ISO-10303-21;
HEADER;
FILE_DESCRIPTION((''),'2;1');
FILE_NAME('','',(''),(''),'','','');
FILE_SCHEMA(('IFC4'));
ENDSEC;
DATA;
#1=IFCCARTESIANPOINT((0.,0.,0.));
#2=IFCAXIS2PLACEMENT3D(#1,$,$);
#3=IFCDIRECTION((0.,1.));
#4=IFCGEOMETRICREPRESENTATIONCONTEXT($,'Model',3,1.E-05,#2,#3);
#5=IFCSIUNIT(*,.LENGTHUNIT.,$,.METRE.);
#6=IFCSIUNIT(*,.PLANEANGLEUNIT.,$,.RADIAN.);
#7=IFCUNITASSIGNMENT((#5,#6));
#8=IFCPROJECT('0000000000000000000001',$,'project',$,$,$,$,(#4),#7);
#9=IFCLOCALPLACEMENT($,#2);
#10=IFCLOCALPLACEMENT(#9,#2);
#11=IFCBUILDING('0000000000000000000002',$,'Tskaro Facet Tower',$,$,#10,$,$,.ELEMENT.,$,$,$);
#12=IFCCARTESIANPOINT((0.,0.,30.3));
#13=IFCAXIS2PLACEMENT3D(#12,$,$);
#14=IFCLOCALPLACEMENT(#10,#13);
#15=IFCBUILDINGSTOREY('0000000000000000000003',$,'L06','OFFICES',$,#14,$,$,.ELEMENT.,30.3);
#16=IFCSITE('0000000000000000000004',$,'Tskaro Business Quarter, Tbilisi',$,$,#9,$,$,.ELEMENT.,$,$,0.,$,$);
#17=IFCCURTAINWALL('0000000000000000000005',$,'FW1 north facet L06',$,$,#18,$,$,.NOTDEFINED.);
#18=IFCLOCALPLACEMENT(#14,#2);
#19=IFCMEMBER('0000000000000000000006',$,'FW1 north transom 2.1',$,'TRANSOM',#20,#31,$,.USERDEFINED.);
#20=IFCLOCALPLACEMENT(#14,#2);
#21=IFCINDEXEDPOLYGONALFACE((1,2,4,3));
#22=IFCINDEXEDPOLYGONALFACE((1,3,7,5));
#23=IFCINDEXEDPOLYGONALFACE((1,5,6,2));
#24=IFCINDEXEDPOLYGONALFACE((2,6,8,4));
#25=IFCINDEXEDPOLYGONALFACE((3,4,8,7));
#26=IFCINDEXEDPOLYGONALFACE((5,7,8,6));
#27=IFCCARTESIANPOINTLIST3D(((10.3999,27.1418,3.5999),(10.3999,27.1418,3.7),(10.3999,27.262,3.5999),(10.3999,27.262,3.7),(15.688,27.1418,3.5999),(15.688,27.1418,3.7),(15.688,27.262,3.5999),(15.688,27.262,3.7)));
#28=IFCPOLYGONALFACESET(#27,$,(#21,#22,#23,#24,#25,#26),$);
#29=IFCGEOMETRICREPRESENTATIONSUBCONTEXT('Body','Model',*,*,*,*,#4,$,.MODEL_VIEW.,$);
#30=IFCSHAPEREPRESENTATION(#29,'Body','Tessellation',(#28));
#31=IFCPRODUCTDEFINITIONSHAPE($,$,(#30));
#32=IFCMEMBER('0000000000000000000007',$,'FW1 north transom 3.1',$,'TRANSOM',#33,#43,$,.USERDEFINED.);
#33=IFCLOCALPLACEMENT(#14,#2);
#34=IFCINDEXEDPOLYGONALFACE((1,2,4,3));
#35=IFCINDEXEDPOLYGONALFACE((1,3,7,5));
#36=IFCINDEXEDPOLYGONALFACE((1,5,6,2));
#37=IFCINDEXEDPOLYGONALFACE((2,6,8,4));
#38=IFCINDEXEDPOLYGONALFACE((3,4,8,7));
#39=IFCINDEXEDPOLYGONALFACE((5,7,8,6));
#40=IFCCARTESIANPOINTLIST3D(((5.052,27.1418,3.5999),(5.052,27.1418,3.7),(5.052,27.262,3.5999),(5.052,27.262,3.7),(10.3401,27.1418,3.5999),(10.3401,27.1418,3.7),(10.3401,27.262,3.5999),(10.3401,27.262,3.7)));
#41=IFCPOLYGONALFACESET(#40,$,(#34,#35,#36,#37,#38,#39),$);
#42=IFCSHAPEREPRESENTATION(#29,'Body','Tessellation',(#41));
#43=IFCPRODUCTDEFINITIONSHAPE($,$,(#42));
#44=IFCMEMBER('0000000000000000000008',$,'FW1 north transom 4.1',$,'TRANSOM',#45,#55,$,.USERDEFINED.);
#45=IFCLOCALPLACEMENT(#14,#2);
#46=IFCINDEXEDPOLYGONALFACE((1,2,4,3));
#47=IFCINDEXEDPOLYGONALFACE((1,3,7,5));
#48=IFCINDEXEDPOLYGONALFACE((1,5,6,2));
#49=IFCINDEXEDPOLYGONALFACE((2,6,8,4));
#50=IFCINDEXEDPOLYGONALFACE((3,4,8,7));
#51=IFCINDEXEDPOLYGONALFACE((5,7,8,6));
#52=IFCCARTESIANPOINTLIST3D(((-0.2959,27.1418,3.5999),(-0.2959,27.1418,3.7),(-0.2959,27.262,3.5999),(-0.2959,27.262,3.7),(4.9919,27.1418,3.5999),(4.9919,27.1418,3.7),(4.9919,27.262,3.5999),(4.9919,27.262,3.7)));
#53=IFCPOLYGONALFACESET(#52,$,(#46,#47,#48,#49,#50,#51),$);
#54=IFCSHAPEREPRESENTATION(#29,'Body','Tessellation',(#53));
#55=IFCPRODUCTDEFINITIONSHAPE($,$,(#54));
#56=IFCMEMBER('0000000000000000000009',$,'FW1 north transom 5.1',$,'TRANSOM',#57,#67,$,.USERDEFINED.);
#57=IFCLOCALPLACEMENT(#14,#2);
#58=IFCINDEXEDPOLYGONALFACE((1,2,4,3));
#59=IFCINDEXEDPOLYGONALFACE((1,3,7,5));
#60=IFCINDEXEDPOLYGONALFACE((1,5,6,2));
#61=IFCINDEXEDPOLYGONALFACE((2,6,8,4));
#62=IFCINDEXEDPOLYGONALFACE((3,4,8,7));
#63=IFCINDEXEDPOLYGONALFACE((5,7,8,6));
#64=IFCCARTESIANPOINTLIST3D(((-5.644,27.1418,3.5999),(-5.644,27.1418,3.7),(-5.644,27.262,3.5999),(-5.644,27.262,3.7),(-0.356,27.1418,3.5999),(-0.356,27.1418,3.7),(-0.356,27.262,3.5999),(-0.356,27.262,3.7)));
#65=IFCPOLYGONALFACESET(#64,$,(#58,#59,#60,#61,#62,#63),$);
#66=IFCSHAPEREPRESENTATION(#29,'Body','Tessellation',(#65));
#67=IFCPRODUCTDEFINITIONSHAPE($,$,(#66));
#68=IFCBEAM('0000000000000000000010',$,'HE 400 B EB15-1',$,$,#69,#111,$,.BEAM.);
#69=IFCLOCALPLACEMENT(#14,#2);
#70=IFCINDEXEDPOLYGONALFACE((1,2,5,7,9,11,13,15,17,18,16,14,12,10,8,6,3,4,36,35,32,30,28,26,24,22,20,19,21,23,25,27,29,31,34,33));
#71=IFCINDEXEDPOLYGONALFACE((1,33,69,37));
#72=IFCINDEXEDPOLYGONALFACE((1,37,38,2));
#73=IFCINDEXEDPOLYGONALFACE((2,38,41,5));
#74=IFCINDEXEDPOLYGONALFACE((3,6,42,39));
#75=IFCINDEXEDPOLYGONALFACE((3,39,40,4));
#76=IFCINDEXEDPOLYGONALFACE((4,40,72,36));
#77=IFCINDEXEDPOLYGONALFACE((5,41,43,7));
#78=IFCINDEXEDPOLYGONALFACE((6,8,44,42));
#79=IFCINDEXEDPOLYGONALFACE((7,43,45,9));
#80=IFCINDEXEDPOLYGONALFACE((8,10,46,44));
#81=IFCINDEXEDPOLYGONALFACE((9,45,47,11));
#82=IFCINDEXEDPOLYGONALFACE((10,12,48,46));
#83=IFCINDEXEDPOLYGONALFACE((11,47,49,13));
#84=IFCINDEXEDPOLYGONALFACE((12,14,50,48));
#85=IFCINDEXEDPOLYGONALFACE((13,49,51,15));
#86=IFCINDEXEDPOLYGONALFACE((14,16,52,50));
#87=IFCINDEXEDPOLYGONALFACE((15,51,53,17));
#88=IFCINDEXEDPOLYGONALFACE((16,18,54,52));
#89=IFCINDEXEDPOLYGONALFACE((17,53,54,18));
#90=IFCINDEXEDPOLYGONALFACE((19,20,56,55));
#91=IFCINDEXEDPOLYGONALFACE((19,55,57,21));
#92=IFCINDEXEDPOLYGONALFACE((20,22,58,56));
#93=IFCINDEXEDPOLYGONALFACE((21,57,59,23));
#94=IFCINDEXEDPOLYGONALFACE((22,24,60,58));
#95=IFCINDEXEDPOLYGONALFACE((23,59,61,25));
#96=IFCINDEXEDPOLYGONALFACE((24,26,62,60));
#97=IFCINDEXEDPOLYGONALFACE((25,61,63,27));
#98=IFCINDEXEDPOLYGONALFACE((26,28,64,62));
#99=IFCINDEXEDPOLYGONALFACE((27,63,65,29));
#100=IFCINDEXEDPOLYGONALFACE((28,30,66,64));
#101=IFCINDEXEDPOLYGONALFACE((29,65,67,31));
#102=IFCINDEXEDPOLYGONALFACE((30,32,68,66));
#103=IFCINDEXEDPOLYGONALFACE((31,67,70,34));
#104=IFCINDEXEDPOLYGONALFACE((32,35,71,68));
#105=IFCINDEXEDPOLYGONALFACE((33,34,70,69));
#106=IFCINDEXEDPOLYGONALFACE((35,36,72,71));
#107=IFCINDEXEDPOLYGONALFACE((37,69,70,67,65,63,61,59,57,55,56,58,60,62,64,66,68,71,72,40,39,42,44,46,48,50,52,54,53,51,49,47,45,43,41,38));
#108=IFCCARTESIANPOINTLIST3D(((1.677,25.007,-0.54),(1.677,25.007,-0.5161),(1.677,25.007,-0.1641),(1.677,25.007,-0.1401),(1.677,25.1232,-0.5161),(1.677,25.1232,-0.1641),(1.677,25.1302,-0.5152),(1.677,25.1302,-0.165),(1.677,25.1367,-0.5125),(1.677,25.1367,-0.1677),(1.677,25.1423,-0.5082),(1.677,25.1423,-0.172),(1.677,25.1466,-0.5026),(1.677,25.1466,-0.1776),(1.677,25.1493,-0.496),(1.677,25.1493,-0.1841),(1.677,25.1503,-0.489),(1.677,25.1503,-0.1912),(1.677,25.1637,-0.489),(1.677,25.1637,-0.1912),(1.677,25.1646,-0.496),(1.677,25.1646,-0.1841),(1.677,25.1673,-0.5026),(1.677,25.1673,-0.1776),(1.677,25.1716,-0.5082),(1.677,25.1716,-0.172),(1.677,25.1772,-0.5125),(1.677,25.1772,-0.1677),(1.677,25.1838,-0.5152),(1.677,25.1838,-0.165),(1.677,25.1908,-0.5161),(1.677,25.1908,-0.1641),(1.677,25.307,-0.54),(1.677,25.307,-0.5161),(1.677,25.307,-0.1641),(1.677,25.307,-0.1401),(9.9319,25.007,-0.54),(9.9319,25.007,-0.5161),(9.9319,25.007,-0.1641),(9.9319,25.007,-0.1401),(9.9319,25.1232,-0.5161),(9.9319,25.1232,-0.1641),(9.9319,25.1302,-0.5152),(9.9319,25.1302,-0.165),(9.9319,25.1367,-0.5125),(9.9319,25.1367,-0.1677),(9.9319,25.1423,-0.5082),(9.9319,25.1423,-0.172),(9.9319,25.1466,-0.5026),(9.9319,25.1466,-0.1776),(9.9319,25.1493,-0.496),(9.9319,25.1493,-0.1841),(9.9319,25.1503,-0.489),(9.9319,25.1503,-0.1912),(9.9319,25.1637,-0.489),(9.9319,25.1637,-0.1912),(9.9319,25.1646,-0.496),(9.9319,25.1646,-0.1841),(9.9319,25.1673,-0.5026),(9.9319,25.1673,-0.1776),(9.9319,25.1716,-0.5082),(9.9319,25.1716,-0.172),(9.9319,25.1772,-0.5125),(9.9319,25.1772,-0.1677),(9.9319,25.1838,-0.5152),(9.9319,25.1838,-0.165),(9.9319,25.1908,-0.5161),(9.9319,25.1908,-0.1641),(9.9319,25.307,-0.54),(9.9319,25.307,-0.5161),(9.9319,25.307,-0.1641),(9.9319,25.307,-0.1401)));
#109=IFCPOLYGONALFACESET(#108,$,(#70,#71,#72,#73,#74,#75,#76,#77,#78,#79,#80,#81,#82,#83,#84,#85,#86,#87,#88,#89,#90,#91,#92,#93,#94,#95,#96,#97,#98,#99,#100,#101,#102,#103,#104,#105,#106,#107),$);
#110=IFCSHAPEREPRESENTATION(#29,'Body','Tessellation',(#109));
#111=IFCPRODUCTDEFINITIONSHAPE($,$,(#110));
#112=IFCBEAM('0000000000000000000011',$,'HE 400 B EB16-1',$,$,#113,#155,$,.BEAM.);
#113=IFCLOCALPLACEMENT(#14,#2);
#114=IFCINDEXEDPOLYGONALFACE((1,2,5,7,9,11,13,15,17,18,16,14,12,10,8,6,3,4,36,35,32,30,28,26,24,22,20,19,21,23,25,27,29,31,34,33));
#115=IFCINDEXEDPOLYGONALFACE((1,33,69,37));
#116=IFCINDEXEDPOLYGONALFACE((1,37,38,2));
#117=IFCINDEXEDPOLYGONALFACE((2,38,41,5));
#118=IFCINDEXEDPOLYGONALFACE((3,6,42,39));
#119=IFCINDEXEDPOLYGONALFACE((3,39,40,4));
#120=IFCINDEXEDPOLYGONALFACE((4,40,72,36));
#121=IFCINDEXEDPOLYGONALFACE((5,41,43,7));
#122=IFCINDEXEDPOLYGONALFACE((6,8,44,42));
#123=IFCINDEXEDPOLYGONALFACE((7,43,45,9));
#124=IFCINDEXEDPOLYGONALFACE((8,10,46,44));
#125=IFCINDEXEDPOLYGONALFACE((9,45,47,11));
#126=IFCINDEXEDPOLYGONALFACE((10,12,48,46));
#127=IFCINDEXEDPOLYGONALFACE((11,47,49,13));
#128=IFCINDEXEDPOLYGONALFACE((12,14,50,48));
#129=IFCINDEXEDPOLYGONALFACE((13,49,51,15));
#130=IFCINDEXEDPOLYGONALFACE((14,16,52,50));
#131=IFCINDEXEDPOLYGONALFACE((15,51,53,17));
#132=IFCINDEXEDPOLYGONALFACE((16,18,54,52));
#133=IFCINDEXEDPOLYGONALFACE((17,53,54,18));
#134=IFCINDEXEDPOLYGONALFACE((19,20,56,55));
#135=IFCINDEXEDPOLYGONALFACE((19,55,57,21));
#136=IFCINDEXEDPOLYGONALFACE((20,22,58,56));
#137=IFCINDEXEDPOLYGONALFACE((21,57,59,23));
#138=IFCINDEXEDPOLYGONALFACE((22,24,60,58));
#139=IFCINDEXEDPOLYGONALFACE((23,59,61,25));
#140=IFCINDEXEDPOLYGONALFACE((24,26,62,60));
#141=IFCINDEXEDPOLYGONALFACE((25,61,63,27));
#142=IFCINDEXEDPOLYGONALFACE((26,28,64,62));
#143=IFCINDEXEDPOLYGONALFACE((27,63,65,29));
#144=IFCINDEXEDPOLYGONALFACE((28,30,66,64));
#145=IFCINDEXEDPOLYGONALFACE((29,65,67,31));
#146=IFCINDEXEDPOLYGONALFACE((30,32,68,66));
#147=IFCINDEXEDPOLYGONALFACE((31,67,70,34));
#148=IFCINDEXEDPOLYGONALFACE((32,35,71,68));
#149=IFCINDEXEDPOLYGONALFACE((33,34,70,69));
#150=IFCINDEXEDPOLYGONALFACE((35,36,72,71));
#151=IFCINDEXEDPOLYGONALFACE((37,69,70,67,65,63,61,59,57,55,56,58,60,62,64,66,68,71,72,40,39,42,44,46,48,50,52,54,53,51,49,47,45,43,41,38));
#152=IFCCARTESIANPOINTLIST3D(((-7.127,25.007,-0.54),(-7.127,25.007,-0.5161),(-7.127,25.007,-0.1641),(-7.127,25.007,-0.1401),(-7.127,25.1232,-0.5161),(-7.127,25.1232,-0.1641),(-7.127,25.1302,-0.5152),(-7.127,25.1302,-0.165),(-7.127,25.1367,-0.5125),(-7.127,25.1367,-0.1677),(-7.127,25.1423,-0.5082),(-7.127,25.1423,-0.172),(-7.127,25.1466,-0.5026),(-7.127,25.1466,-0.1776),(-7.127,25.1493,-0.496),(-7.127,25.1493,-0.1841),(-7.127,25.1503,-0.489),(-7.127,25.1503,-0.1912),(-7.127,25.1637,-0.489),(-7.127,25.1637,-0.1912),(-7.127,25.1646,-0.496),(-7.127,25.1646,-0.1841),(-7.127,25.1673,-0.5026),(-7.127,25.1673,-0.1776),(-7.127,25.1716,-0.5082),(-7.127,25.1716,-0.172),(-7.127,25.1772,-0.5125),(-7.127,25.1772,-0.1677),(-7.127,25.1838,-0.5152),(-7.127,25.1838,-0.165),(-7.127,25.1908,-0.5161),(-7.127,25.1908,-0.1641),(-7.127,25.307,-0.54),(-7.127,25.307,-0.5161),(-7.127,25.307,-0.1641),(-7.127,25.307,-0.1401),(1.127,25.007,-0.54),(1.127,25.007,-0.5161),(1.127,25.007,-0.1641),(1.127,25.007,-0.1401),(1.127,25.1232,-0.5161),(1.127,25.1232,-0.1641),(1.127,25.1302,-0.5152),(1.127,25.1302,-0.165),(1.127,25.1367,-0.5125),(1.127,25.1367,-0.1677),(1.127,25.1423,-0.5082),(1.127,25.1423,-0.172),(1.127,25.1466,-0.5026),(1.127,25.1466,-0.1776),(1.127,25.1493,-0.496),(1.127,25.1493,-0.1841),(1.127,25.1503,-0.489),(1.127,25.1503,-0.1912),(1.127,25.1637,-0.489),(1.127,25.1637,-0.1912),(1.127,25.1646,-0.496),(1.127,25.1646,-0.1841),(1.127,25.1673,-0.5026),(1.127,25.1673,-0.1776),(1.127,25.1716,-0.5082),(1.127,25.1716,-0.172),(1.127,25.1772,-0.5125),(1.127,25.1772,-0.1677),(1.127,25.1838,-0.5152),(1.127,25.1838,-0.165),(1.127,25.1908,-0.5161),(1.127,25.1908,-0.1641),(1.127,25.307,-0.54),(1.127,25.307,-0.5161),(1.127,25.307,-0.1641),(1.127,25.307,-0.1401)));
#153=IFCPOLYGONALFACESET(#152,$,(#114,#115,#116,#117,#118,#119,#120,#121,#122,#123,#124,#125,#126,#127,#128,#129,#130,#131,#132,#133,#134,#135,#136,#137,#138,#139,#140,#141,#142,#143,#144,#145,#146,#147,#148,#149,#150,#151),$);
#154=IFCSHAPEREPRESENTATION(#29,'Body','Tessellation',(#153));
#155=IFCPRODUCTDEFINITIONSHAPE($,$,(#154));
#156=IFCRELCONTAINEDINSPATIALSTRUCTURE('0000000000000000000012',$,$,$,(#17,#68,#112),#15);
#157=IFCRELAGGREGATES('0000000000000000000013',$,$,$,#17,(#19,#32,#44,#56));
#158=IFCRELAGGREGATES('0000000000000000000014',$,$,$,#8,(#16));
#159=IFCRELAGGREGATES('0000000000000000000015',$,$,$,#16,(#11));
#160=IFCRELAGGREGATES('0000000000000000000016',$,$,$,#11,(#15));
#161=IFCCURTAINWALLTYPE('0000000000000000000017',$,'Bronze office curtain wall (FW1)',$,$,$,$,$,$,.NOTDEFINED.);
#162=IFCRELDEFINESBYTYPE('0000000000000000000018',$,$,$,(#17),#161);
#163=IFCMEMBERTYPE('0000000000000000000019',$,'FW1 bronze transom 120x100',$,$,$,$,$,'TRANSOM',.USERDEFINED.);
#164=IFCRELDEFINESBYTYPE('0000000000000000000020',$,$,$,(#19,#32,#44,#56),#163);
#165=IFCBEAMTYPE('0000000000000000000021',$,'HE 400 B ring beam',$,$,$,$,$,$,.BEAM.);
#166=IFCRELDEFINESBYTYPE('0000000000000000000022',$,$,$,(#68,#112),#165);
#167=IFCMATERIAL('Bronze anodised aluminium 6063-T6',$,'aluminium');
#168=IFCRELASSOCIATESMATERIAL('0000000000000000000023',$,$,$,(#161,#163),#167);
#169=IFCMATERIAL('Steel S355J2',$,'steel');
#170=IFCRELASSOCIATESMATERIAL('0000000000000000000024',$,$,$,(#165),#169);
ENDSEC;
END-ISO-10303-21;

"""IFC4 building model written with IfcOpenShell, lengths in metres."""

from ifc_helpers import new_model, si_unit, direction, frame, origin, origin_2d, place, context, subcontext, project, spatial, rectangle, i_section, extrude, material, material_profile, profile_set, type_object, element, aggregate, save


model = new_model("IFC4")

# Units and contexts
model_context = context("Model", 3, precision=1e-05, world=origin(), true_north=direction((0.0, 1.0)))
body_context = subcontext(model_context, "Body", "Model", "MODEL_VIEW")
ifc_project = project(units=[si_unit("LENGTHUNIT", "METRE"), si_unit("PLANEANGLEUNIT", "RADIAN")], contexts=[model_context])

# Site, building, storey
site_placement = place(None, origin())
site = spatial("IfcSite", under=ifc_project, at=site_placement, Name="Tskaro Business Quarter, Tbilisi", CompositionType="ELEMENT", RefElevation=0.0)
building_placement = place(site_placement, origin())
building = spatial("IfcBuilding", under=site, at=building_placement, Name="Tskaro Facet Tower", CompositionType="ELEMENT")
storey_placement = place(building_placement, frame((0.0, 0.0, 30.3)))
storey = spatial("IfcBuildingStorey", under=building, at=storey_placement, Name="L06", Description="OFFICES", CompositionType="ELEMENT", Elevation=30.3)

# Curtain wall, members
ifc_material_1 = material(Name="Bronze anodised aluminium 6063-T6", Category="aluminium")
curtain_wall_type = type_object("IfcCurtainWallType", Name="Bronze office curtain wall (FW1)", PredefinedType="NOTDEFINED", material=ifc_material_1)
curtain_wall_placement = place(storey_placement, origin())
curtain_wall = element("IfcCurtainWall", 1, at=curtain_wall_placement, inside=storey, type_object=curtain_wall_type, Name="FW1 north facet L06", PredefinedType="NOTDEFINED")
ifc_material_profile_1 = material_profile(ifc_material_1, rectangle(XDim=0.1201, YDim=0.1001, at=origin_2d()), Name="Transom 120x100")
ifc_profile_set_1 = profile_set([ifc_material_profile_1], Name="Bronze anodised aluminium 6063-T6")
member_type_1 = type_object("IfcMemberType", Name="FW1 bronze transom 120x100", ElementType="TRANSOM", PredefinedType="USERDEFINED", material=ifc_profile_set_1)
member_1_placement = place(storey_placement, frame((15.688, 27.2019, 3.6499), z_axis=(-1.0, 0.0, 0.0), x_axis=(0.0, -1.0, 0.0)))
member_1 = element("IfcMember", 2, at=member_1_placement, type_object=member_type_1, Name="FW1 north transom 2.1", ObjectType="TRANSOM", PredefinedType="USERDEFINED", context=body_context, shape_type="SweptSolid", body=[
    extrude(rectangle(XDim=0.1201, YDim=0.1001, at=origin_2d()), origin(), (0.0, 0.0, 1.0), 5.2881),
])
member_2_placement = place(storey_placement, frame((10.3401, 27.2019, 3.6499), z_axis=(-1.0, 0.0, 0.0), x_axis=(0.0, -1.0, 0.0)))
member_2 = element("IfcMember", 3, at=member_2_placement, type_object=member_type_1, Name="FW1 north transom 3.1", ObjectType="TRANSOM", PredefinedType="USERDEFINED", context=body_context, shape_type="SweptSolid", body=[
    extrude(rectangle(XDim=0.1201, YDim=0.1001, at=origin_2d()), origin(), (0.0, 0.0, 1.0), 5.2881),
])
member_3_placement = place(storey_placement, frame((4.9919, 27.2019, 3.6499), z_axis=(-1.0, 0.0, 0.0), x_axis=(0.0, -1.0, 0.0)))
member_3 = element("IfcMember", 4, at=member_3_placement, type_object=member_type_1, Name="FW1 north transom 4.1", ObjectType="TRANSOM", PredefinedType="USERDEFINED", context=body_context, shape_type="SweptSolid", body=[
    extrude(rectangle(XDim=0.1201, YDim=0.1001, at=origin_2d()), origin(), (0.0, 0.0, 1.0), 5.2878),
])
member_4_placement = place(storey_placement, frame((-0.356, 27.2019, 3.6499), z_axis=(-1.0, 0.0, 0.0), x_axis=(0.0, -1.0, 0.0)))
member_4 = element("IfcMember", 5, at=member_4_placement, type_object=member_type_1, Name="FW1 north transom 5.1", ObjectType="TRANSOM", PredefinedType="USERDEFINED", context=body_context, shape_type="SweptSolid", body=[
    extrude(rectangle(XDim=0.1201, YDim=0.1001, at=origin_2d()), origin(), (0.0, 0.0, 1.0), 5.2881),
])

# Beams
ifc_material_2 = material(Name="Steel S355J2", Category="steel")
ifc_material_profile_2 = material_profile(ifc_material_2, i_section(OverallWidth=0.3, OverallDepth=0.3999, WebThickness=0.0134, FlangeThickness=0.0239, FilletRadius=0.0271, at=origin_2d()), Name="HE 400 B")
ifc_profile_set_2 = profile_set([ifc_material_profile_2], Name="Steel S355J2")
beam_type_1 = type_object("IfcBeamType", Name="HE 400 B ring beam", PredefinedType="BEAM", material=ifc_profile_set_2)
beam_1_placement = place(storey_placement, frame((9.9319, 25.157, -0.3401), z_axis=(-1.0, 0.0, 0.0), x_axis=(0.0, -1.0, 0.0)))
element("IfcBeam", 6, at=beam_1_placement, inside=storey, type_object=beam_type_1, Name="HE 400 B EB15-1", PredefinedType="BEAM", context=body_context, shape_type="SweptSolid", body=[
    extrude(i_section(OverallWidth=0.3, OverallDepth=0.3999, WebThickness=0.0134, FlangeThickness=0.0239, FilletRadius=0.0271, at=origin_2d()), origin(), (0.0, 0.0, 1.0), 8.2549),
])
beam_2_placement = place(storey_placement, frame((1.127, 25.157, -0.3401), z_axis=(-1.0, 0.0, 0.0), x_axis=(0.0, -1.0, 0.0)))
element("IfcBeam", 7, at=beam_2_placement, inside=storey, type_object=beam_type_1, Name="HE 400 B EB16-1", PredefinedType="BEAM", context=body_context, shape_type="SweptSolid", body=[
    extrude(i_section(OverallWidth=0.3, OverallDepth=0.3999, WebThickness=0.0134, FlangeThickness=0.0239, FilletRadius=0.0271, at=origin_2d()), origin(), (0.0, 0.0, 1.0), 8.2539),
])

aggregate(curtain_wall, [member_1, member_2, member_3, member_4])

save(model, "model.ifc")
